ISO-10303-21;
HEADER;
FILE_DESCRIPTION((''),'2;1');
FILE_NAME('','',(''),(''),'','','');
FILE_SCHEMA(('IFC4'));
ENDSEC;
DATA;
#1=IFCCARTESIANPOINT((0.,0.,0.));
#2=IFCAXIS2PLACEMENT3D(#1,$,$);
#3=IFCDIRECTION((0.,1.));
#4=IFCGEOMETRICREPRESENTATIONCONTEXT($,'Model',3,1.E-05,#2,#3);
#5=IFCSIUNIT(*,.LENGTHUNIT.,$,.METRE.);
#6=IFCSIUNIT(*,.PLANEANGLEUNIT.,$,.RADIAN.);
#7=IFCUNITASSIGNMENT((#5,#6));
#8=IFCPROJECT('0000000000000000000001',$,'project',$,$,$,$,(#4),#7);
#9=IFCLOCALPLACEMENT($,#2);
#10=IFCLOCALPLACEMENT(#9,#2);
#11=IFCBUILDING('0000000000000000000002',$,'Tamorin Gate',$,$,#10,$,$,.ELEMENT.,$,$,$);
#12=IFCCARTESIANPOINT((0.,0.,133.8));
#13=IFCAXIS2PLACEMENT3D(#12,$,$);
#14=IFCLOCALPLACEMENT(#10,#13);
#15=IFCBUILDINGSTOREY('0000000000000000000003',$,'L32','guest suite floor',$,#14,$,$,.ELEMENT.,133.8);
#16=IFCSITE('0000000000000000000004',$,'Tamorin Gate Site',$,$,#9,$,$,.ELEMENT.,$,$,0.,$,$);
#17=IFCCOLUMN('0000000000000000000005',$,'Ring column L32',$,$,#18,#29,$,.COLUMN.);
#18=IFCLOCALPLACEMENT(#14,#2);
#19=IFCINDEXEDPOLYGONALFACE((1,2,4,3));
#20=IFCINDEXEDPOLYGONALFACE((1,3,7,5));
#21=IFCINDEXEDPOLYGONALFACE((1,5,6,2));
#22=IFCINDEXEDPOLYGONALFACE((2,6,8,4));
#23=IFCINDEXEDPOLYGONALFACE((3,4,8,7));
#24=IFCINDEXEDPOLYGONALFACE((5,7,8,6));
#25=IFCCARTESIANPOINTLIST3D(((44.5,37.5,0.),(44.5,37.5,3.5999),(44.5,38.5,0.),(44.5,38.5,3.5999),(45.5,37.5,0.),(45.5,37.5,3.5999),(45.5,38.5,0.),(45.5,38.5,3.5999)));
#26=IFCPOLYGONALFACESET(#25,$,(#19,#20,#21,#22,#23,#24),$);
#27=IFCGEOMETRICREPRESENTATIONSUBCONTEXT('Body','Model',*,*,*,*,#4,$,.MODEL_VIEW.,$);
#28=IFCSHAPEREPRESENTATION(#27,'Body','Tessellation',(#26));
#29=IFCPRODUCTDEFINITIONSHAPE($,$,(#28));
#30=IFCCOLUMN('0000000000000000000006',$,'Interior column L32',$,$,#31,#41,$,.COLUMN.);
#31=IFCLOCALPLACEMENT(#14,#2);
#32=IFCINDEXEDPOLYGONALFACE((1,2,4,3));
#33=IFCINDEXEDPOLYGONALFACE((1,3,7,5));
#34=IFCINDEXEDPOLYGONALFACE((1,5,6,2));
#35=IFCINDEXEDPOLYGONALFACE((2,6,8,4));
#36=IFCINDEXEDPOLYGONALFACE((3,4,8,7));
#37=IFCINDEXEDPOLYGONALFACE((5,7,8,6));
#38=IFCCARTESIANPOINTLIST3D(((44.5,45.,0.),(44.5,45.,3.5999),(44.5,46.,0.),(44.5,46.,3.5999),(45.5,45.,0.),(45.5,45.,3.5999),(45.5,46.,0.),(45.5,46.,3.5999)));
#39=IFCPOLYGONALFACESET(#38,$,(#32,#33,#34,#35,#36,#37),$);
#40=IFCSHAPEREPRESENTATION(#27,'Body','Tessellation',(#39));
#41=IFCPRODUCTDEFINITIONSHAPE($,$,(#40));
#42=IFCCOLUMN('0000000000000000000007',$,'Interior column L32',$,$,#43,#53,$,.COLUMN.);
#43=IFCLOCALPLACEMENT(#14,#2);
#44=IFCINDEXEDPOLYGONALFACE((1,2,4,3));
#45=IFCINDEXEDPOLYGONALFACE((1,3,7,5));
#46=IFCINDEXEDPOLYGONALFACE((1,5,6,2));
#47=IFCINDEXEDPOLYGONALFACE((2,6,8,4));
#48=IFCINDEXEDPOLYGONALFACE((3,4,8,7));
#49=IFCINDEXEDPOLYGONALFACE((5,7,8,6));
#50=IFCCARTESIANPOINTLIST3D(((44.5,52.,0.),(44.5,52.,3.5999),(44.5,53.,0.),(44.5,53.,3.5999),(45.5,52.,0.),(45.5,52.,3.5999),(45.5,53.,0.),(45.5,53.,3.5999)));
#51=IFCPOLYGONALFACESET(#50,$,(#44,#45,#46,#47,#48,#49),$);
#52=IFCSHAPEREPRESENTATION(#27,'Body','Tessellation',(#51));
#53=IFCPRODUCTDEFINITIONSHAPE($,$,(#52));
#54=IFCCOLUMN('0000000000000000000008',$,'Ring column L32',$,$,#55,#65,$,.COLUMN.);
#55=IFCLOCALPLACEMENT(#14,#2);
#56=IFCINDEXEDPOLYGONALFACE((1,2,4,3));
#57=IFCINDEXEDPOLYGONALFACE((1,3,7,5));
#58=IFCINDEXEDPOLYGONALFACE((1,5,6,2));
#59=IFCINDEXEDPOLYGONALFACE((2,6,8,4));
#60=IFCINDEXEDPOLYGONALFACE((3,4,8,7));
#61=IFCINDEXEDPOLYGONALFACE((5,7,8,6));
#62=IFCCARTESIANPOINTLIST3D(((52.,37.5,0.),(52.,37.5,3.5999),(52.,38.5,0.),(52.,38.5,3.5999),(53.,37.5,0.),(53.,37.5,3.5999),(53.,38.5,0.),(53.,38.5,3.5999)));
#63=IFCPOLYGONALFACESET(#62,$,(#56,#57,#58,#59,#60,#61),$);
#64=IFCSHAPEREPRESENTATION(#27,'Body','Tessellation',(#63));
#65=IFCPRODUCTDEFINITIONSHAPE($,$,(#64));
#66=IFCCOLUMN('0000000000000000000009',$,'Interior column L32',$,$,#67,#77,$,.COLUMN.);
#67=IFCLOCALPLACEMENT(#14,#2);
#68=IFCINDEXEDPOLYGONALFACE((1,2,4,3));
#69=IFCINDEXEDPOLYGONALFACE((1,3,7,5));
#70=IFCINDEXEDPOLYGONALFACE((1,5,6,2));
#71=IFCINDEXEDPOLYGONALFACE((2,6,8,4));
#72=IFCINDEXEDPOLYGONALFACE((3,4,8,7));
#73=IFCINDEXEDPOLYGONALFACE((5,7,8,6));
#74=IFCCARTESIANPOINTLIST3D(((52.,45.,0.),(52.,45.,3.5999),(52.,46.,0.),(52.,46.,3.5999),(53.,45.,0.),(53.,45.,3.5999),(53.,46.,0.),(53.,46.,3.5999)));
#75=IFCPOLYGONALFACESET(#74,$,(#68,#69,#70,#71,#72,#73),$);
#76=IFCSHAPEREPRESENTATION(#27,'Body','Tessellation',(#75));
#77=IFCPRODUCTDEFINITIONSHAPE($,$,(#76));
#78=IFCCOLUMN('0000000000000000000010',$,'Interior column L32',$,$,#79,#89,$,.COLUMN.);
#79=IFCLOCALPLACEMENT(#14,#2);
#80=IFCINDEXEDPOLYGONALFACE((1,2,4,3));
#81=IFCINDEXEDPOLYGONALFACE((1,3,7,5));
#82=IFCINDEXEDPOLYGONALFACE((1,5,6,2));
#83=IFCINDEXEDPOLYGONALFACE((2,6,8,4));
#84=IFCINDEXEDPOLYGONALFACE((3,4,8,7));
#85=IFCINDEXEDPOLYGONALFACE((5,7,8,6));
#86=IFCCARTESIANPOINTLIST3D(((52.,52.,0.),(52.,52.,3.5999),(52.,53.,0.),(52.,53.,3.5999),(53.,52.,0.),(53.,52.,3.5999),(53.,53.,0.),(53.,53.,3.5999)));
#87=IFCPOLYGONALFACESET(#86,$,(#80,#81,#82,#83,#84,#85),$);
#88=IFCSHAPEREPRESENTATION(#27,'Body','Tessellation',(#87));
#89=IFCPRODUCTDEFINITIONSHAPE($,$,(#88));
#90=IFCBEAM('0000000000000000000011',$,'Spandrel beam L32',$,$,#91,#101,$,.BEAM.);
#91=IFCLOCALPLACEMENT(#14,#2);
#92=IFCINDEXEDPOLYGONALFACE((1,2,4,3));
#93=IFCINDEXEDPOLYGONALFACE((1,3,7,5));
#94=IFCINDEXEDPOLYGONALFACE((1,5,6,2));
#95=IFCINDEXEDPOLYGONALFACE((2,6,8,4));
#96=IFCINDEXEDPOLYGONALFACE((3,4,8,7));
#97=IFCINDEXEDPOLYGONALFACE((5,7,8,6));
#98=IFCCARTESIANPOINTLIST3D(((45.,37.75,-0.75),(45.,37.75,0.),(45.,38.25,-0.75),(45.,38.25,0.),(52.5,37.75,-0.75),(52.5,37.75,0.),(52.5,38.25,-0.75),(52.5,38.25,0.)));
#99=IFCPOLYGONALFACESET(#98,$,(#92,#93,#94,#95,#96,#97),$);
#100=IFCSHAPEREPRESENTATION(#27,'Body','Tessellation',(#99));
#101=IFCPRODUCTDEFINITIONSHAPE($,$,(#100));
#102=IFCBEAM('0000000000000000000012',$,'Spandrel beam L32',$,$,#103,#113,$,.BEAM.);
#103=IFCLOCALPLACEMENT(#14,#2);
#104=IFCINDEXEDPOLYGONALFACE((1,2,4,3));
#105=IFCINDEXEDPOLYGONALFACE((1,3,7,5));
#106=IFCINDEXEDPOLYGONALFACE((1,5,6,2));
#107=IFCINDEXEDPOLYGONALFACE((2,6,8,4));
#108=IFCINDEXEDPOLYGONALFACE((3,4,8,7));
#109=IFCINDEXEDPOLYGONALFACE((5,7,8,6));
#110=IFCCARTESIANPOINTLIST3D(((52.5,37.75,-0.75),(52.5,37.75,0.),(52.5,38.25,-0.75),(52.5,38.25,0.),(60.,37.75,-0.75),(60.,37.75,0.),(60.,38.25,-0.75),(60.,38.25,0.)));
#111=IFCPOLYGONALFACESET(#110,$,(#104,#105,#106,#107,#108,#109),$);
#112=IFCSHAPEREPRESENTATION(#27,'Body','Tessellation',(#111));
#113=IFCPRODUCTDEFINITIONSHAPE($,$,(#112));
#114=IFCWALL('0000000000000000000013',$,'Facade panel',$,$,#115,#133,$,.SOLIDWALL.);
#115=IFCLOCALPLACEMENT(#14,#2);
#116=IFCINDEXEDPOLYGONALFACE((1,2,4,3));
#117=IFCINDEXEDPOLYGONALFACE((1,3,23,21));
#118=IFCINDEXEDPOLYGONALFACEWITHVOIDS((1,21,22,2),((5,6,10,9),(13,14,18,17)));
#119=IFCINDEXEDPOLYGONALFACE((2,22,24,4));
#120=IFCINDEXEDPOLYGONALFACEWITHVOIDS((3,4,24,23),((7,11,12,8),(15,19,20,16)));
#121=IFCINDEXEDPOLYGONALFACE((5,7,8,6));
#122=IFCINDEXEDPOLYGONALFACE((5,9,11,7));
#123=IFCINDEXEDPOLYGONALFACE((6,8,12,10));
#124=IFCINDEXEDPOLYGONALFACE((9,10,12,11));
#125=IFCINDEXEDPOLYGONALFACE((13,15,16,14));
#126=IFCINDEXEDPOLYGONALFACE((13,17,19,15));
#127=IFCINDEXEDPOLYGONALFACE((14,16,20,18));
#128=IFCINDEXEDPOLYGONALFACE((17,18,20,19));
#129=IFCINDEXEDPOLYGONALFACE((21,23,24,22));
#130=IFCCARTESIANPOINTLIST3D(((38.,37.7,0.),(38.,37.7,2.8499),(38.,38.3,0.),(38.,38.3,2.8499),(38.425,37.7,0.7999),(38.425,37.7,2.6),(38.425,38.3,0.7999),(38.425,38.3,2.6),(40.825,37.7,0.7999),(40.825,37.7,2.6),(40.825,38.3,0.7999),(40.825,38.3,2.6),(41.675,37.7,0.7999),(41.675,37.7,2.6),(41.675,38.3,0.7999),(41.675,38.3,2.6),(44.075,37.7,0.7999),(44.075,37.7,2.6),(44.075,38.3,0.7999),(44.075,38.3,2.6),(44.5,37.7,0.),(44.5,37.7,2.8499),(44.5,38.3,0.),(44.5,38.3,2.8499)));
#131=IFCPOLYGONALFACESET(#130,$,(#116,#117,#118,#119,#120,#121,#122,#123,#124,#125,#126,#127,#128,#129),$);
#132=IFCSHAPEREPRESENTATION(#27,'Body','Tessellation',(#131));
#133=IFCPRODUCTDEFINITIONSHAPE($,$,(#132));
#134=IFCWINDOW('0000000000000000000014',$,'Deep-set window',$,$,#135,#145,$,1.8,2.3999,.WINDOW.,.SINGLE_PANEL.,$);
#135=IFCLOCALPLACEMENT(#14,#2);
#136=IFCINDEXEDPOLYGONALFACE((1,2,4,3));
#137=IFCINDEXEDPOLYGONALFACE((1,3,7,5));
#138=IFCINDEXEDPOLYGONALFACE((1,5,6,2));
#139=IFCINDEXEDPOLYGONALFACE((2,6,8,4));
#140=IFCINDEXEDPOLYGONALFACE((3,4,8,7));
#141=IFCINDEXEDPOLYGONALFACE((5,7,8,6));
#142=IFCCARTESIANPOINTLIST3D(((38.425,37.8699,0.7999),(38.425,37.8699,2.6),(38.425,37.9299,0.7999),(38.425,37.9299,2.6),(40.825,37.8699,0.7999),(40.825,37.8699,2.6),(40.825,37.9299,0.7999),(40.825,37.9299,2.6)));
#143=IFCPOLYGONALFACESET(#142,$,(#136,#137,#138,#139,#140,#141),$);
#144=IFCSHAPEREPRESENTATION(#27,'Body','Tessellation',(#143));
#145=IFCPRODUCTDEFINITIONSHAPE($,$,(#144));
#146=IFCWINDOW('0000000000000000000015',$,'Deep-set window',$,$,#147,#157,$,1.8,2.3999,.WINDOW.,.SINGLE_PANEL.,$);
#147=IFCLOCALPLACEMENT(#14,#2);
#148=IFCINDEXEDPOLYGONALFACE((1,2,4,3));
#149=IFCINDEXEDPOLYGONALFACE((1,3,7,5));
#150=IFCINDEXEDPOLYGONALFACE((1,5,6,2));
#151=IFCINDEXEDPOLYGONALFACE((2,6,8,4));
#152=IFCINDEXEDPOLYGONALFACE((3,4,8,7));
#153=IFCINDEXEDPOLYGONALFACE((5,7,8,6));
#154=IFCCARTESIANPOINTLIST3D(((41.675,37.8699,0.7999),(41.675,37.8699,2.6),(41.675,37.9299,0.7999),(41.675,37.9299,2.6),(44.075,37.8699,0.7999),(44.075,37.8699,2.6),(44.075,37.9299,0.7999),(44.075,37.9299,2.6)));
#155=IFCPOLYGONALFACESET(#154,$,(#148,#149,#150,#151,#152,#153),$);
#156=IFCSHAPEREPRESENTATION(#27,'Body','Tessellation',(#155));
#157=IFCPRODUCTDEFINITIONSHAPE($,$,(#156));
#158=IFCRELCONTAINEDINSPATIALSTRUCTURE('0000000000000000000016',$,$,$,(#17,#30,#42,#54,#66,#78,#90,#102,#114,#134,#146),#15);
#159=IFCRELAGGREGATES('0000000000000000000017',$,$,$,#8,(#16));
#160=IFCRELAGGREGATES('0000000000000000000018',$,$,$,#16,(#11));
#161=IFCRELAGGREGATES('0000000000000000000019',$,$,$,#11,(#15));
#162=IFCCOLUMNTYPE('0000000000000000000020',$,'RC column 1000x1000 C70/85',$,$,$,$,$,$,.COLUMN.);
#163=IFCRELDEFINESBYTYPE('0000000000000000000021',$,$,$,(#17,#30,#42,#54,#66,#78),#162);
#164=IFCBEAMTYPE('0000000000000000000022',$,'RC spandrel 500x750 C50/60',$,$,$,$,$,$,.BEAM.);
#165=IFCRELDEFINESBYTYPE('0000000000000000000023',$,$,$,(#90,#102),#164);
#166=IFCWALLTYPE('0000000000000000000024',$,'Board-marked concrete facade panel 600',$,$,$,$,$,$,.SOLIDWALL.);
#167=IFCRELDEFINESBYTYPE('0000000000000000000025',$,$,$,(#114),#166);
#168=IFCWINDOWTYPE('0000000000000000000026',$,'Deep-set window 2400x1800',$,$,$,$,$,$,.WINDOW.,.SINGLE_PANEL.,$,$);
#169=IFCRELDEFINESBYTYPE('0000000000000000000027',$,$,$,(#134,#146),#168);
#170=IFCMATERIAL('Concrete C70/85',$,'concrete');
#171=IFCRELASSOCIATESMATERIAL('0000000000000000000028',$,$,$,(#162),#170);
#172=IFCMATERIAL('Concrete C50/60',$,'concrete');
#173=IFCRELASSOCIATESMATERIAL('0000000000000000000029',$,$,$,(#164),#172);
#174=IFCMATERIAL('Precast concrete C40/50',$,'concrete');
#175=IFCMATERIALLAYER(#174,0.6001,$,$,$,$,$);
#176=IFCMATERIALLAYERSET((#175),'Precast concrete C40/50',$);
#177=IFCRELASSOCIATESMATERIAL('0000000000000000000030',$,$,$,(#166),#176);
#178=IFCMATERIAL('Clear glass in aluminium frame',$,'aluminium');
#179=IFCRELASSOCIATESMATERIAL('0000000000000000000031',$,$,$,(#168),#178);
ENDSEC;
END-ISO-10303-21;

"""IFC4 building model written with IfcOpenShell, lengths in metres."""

from ifc_helpers import new_model, si_unit, direction, frame, frame_2d, origin, origin_2d, place, context, subcontext, project, spatial, rectangle, extrude, material, layer, layer_set, material_profile, profile_set, type_object, element, fill, save


model = new_model("IFC4")

# Units and contexts
model_context = context("Model", 3, precision=1e-05, world=origin(), true_north=direction((0.0, 1.0)))
body_context = subcontext(model_context, "Body", "Model", "MODEL_VIEW")
ifc_project = project(units=[si_unit("LENGTHUNIT", "METRE"), si_unit("PLANEANGLEUNIT", "RADIAN")], contexts=[model_context])

# Site, building, storey
site_placement = place(None, origin())
site = spatial("IfcSite", under=ifc_project, at=site_placement, Name="Tamorin Gate Site", CompositionType="ELEMENT", RefElevation=0.0)
building_placement = place(site_placement, origin())
building = spatial("IfcBuilding", under=site, at=building_placement, Name="Tamorin Gate", CompositionType="ELEMENT")
storey_placement = place(building_placement, frame((0.0, 0.0, 133.8)))
storey = spatial("IfcBuildingStorey", under=building, at=storey_placement, Name="L32", Description="guest suite floor", CompositionType="ELEMENT", Elevation=133.8)

# Columns
ifc_material_1 = material(Name="Concrete C70/85", Category="concrete")
ifc_material_profile_1 = material_profile(ifc_material_1, rectangle(XDim=1.0, YDim=1.0, at=origin_2d()), Name="RC 1000x1000")
ifc_profile_set_1 = profile_set([ifc_material_profile_1], Name="Concrete C70/85")
column_type = type_object("IfcColumnType", Name="RC column 1000x1000 C70/85", PredefinedType="COLUMN", material=ifc_profile_set_1)
for number, where, z_axis, x_axis, name in (
    (1, (45.0, 38.0, 0.0), (0.0, 0.0, 1.0), (1.0, 0.0, 0.0), "Ring column L32"),
    (2, (45.0, 45.5, 0.0), (0.0, 0.0, 1.0), (1.0, 0.0, 0.0), "Interior column L32"),
    (3, (45.0, 52.5, 0.0), (0.0, 0.0, 1.0), (1.0, 0.0, 0.0), "Interior column L32"),
    (4, (52.5, 38.0, 0.0), (0.0, 0.0, 1.0), (1.0, 0.0, 0.0), "Ring column L32"),
    (5, (52.5, 45.5, 0.0), (0.0, 0.0, 1.0), (1.0, 0.0, 0.0), "Interior column L32"),
    (6, (52.5, 52.5, 0.0), (0.0, 0.0, 1.0), (1.0, 0.0, 0.0), "Interior column L32"),
):
    element("IfcColumn", number, at=place(storey_placement, frame(where, z_axis=z_axis, x_axis=x_axis)), inside=storey, type_object=column_type, Name=name, PredefinedType="COLUMN", context=body_context, shape_type="SweptSolid", body=[
        extrude(rectangle(XDim=1.0, YDim=1.0, at=origin_2d()), origin(), (0.0, 0.0, 1.0), 3.5999),
    ])

# Beams
ifc_material_2 = material(Name="Concrete C50/60", Category="concrete")
ifc_material_profile_2 = material_profile(ifc_material_2, rectangle(XDim=0.5, YDim=0.75, at=origin_2d()), Name="RC 500x750")
ifc_profile_set_2 = profile_set([ifc_material_profile_2], Name="Concrete C50/60")
beam_type = type_object("IfcBeamType", Name="RC spandrel 500x750 C50/60", PredefinedType="BEAM", material=ifc_profile_set_2)
for number, where, z_axis, x_axis, name in (
    (7, (45.0, 38.0, -0.375), (1.0, 0.0, 0.0), (0.0, 1.0, 0.0), "Spandrel beam L32"),
    (8, (52.5, 38.0, -0.375), (1.0, 0.0, 0.0), (0.0, 1.0, 0.0), "Spandrel beam L32"),
):
    element("IfcBeam", number, at=place(storey_placement, frame(where, z_axis=z_axis, x_axis=x_axis)), inside=storey, type_object=beam_type, Name=name, PredefinedType="BEAM", context=body_context, shape_type="SweptSolid", body=[
        extrude(rectangle(XDim=0.5, YDim=0.75, at=origin_2d()), origin(), (0.0, 0.0, 1.0), 7.5),
    ])

# Wall, openings, windows
ifc_material_3 = material(Name="Precast concrete C40/50", Category="concrete")
ifc_layer_1 = layer(ifc_material_3, 0.6001)
ifc_layer_set_1 = layer_set([ifc_layer_1], Name="Precast concrete C40/50")
wall_type_1 = type_object("IfcWallType", Name="Board-marked concrete facade panel 600", PredefinedType="SOLIDWALL", material=ifc_layer_set_1)
wall_1_placement = place(storey_placement, frame((38.0, 38.0, 0.0), z_axis=(0.0, 0.0, 1.0), x_axis=(1.0, 0.0, 0.0)))
wall_1 = element("IfcWall", 9, at=wall_1_placement, inside=storey, type_object=wall_type_1, Name="Facade panel", PredefinedType="SOLIDWALL", context=body_context, shape_type="SweptSolid", body=[
    extrude(rectangle(XDim=6.5, YDim=0.6001, at=frame_2d((3.25, 0.0))), origin(), (0.0, 0.0, 1.0), 2.8499),
])
opening_1_placement = place(wall_1_placement, frame((0.425, 0.0, 0.8)))
opening_1 = element("IfcOpeningElement", 10, at=opening_1_placement, cuts=wall_1, PredefinedType="OPENING", context=body_context, shape_type="SweptSolid", body=[
    extrude(rectangle(XDim=2.3999, YDim=1.8, at=frame_2d((1.2, 0.8999))), frame((0.0, 0.3101, 0.0), z_axis=(0.0, -1.0, 0.0), x_axis=(1.0, 0.0, 0.0)), (0.0, 0.0, 1.0), 0.6201),
])
opening_2_placement = place(wall_1_placement, frame((3.675, 0.0, 0.8)))
opening_2 = element("IfcOpeningElement", 11, at=opening_2_placement, cuts=wall_1, PredefinedType="OPENING", context=body_context, shape_type="SweptSolid", body=[
    extrude(rectangle(XDim=2.3999, YDim=1.8, at=frame_2d((1.2, 0.8999))), frame((0.0, 0.3101, 0.0), z_axis=(0.0, -1.0, 0.0), x_axis=(1.0, 0.0, 0.0)), (0.0, 0.0, 1.0), 0.6201),
])
ifc_material_4 = material(Name="Clear glass in aluminium frame", Category="aluminium")
window_type = type_object("IfcWindowType", Name="Deep-set window 2400x1800", PartitioningType="SINGLE_PANEL", PredefinedType="WINDOW", material=ifc_material_4)
window_1_placement = place(opening_1_placement, origin())
window_1 = element("IfcWindow", 12, at=window_1_placement, inside=storey, type_object=window_type, Name="Deep-set window", OverallHeight=1.8, OverallWidth=2.3999, PartitioningType="SINGLE_PANEL", PredefinedType="WINDOW", context=body_context, shape_type="SweptSolid", body=[
    extrude(rectangle(XDim=2.3999, YDim=1.8, at=frame_2d((1.2, 0.8999))), frame((0.0, -0.0701, 0.0), z_axis=(0.0, -1.0, 0.0), x_axis=(1.0, 0.0, 0.0)), (0.0, 0.0, 1.0), 0.0601),
])
fill(opening_1, window_1)
window_2_placement = place(opening_2_placement, origin())
window_2 = element("IfcWindow", 13, at=window_2_placement, inside=storey, type_object=window_type, Name="Deep-set window", OverallHeight=1.8, OverallWidth=2.3999, PartitioningType="SINGLE_PANEL", PredefinedType="WINDOW", context=body_context, shape_type="SweptSolid", body=[
    extrude(rectangle(XDim=2.3999, YDim=1.8, at=frame_2d((1.2, 0.8999))), frame((0.0, -0.0701, 0.0), z_axis=(0.0, -1.0, 0.0), x_axis=(1.0, 0.0, 0.0)), (0.0, 0.0, 1.0), 0.0601),
])
fill(opening_2, window_2)

save(model, "model.ifc")
